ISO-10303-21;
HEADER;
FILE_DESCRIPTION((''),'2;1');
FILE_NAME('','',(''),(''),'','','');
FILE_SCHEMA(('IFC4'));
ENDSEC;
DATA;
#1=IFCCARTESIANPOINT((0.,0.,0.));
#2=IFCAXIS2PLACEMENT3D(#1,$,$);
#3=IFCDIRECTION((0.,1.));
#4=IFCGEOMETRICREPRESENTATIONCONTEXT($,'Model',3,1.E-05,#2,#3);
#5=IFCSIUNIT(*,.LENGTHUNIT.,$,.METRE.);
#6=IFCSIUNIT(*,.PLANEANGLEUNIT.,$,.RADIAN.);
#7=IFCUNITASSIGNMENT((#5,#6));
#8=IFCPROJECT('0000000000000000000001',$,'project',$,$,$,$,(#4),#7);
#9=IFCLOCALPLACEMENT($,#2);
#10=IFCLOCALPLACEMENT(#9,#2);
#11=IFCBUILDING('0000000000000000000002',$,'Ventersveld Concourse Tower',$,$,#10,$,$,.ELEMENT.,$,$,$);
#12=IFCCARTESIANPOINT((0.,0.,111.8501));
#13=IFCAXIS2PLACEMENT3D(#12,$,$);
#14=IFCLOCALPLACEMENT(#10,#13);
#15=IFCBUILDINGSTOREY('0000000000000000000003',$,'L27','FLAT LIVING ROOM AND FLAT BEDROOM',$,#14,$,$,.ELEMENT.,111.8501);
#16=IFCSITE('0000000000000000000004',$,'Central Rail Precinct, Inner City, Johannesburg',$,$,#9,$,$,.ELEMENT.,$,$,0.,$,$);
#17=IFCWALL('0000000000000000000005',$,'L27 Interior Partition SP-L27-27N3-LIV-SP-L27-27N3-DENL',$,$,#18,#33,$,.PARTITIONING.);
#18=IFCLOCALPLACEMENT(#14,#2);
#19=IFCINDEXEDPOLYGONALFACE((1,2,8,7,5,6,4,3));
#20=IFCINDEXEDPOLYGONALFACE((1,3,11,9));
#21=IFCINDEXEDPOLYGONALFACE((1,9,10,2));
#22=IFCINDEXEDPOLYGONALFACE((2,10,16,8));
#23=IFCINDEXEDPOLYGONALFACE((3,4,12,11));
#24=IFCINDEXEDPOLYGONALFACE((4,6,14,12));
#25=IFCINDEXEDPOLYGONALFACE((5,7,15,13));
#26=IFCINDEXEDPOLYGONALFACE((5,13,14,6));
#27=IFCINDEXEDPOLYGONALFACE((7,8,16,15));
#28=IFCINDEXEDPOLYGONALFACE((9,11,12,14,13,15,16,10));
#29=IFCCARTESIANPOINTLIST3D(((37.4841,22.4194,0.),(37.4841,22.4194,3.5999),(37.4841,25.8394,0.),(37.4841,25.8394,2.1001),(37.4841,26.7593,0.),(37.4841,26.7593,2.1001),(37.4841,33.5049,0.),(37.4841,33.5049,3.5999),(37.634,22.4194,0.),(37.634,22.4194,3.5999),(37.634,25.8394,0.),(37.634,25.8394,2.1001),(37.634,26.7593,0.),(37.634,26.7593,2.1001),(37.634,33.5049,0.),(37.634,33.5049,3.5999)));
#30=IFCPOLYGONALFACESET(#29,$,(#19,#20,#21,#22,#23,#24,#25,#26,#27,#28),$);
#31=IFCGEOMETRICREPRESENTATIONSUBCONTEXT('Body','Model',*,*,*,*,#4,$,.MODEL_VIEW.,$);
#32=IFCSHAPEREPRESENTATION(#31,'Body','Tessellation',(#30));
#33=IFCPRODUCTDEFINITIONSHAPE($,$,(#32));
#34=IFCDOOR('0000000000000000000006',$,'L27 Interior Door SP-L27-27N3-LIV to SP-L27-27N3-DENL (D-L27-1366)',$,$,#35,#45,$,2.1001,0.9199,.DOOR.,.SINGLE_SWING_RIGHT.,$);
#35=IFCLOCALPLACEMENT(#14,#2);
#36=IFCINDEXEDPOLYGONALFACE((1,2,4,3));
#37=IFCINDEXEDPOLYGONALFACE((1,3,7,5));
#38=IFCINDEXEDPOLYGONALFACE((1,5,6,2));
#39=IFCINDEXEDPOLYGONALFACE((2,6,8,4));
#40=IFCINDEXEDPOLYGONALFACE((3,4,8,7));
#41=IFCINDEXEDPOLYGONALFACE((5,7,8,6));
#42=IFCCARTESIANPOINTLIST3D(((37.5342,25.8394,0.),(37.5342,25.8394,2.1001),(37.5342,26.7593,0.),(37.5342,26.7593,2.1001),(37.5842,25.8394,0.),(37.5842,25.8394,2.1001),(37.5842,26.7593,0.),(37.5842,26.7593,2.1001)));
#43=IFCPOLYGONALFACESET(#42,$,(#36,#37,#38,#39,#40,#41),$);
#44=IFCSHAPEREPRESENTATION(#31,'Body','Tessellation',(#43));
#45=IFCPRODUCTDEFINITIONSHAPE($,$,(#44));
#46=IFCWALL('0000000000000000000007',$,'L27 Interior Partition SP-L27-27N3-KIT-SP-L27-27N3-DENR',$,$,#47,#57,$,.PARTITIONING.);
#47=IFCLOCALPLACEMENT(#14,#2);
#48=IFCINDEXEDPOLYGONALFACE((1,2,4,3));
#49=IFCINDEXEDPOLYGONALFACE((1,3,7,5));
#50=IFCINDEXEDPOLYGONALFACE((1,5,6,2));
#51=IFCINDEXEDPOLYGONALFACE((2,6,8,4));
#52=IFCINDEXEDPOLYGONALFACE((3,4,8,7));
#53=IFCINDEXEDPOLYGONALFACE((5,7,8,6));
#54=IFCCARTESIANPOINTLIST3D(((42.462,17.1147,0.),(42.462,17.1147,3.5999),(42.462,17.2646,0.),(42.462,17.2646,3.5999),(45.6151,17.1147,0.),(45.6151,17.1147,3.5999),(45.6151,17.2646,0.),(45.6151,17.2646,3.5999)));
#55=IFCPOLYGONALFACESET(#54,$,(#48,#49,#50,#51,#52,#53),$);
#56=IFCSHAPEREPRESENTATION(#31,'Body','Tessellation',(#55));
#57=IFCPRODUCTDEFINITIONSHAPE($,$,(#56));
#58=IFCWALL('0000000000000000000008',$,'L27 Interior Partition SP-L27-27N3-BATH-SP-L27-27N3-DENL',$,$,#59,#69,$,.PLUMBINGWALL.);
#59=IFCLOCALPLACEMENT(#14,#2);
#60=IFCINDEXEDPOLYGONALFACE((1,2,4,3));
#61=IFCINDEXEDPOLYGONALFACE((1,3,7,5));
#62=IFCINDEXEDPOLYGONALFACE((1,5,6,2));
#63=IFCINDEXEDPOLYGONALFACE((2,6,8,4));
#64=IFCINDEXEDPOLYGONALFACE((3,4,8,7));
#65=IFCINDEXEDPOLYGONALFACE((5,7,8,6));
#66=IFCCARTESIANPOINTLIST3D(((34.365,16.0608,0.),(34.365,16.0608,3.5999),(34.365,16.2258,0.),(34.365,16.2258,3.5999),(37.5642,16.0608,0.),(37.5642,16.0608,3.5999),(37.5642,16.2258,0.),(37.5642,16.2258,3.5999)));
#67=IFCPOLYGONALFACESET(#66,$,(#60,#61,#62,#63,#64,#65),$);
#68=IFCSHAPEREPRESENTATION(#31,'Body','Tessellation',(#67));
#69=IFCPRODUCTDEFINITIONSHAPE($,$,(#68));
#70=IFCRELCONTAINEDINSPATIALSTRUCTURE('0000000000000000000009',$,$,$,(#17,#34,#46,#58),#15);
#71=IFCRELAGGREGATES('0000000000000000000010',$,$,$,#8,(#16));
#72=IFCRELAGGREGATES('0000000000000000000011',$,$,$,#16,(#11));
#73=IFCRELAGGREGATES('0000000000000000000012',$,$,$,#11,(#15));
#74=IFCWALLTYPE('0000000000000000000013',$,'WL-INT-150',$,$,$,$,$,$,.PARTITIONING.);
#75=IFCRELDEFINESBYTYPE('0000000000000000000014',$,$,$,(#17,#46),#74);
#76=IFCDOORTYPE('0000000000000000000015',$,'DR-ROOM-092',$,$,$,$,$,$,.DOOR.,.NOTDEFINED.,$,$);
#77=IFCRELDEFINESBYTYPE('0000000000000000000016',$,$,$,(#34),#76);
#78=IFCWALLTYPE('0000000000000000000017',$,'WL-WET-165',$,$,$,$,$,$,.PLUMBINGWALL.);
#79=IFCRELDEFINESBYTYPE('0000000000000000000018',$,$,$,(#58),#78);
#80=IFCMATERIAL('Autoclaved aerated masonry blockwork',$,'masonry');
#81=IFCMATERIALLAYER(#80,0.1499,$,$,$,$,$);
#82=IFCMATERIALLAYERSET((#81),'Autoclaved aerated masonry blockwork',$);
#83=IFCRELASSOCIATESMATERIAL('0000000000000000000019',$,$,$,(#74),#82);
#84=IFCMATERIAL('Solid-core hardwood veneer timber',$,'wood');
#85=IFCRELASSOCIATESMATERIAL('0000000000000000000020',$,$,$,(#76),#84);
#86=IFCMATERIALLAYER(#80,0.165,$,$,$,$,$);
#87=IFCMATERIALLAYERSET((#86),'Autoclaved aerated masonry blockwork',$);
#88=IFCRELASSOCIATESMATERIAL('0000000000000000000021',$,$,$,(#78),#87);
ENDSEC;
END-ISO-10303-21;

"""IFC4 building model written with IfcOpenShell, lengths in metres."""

from ifc_helpers import new_model, si_unit, direction, frame, frame_2d, origin, place, context, subcontext, project, spatial, rectangle, extrude, material, layer, layer_set, type_object, element, fill, save


model = new_model("IFC4")

# Units and contexts
model_context = context("Model", 3, precision=1e-05, world=origin(), true_north=direction((0.0, 1.0)))
body_context = subcontext(model_context, "Body", "Model", "MODEL_VIEW")
ifc_project = project(units=[si_unit("LENGTHUNIT", "METRE"), si_unit("PLANEANGLEUNIT", "RADIAN")], contexts=[model_context])

# Site, building, storey
site_placement = place(None, origin())
site = spatial("IfcSite", under=ifc_project, at=site_placement, Name="Central Rail Precinct, Inner City, Johannesburg", CompositionType="ELEMENT", RefElevation=0.0)
building_placement = place(site_placement, origin())
building = spatial("IfcBuilding", under=site, at=building_placement, Name="Ventersveld Concourse Tower", CompositionType="ELEMENT")
storey_placement = place(building_placement, frame((0.0, 0.0, 111.8501)))
storey = spatial("IfcBuildingStorey", under=building, at=storey_placement, Name="L27", Description="FLAT LIVING ROOM AND FLAT BEDROOM", CompositionType="ELEMENT", Elevation=111.8501)

# Shared definitions
ifc_material_1 = material(Name="Autoclaved aerated masonry blockwork", Category="masonry")
ifc_layer_1 = layer(ifc_material_1, 0.1499)
ifc_layer_set_1 = layer_set([ifc_layer_1], Name="Autoclaved aerated masonry blockwork")
wall_type_1 = type_object("IfcWallType", Name="WL-INT-150", PredefinedType="PARTITIONING", material=ifc_layer_set_1)
ifc_material_2 = material(Name="Solid-core hardwood veneer timber", Category="wood")
door_type = type_object("IfcDoorType", Name="DR-ROOM-092", OperationType="NOTDEFINED", PredefinedType="DOOR", material=ifc_material_2)

# Wall, opening, door
wall_1_placement = place(storey_placement, frame((37.5591, 22.4194, 0.0), z_axis=(0.0, 0.0, 1.0), x_axis=(0.0, 1.0, 0.0)))
wall_1 = element("IfcWall", 1, at=wall_1_placement, inside=storey, type_object=wall_type_1, Name="L27 Interior Partition SP-L27-27N3-LIV-SP-L27-27N3-DENL", PredefinedType="PARTITIONING", context=body_context, shape_type="SweptSolid", body=[
    extrude(rectangle(XDim=11.0854, YDim=0.1499, at=frame_2d((5.5427, 0.0))), origin(), (0.0, 0.0, 1.0), 3.5999),
])
opening_1_placement = place(wall_1_placement, frame((3.4199, 0.0, 0.0)))
opening_1 = element("IfcOpeningElement", 2, at=opening_1_placement, cuts=wall_1, PredefinedType="OPENING", context=body_context, shape_type="SweptSolid", body=[
    extrude(rectangle(XDim=0.9199, YDim=2.1001, at=frame_2d((0.46, 1.05))), frame((0.0, 0.085, 0.0), z_axis=(0.0, -1.0, 0.0), x_axis=(1.0, 0.0, 0.0)), (0.0, 0.0, 1.0), 0.1699),
])
door_1_placement = place(opening_1_placement, origin())
door_1 = element("IfcDoor", 3, at=door_1_placement, inside=storey, type_object=door_type, Name="L27 Interior Door SP-L27-27N3-LIV to SP-L27-27N3-DENL (D-L27-1366)", OperationType="SINGLE_SWING_RIGHT", OverallHeight=2.1001, OverallWidth=0.9199, PredefinedType="DOOR", context=body_context, shape_type="SweptSolid", body=[
    extrude(rectangle(XDim=0.9199, YDim=2.1001, at=frame_2d((0.46, 1.05))), frame((0.0, 0.0249, 0.0), z_axis=(0.0, -1.0, 0.0), x_axis=(1.0, 0.0, 0.0)), (0.0, 0.0, 1.0), 0.05),
])
fill(opening_1, door_1)

# Walls
wall_2_placement = place(storey_placement, frame((42.4619, 17.1897, 0.0), z_axis=(0.0, 0.0, 1.0), x_axis=(1.0, 0.0, 0.0)))
element("IfcWall", 4, at=wall_2_placement, inside=storey, type_object=wall_type_1, Name="L27 Interior Partition SP-L27-27N3-KIT-SP-L27-27N3-DENR", PredefinedType="PARTITIONING", context=body_context, shape_type="SweptSolid", body=[
    extrude(rectangle(XDim=3.1531, YDim=0.1499, at=frame_2d((1.5767, 0.0))), origin(), (0.0, 0.0, 1.0), 3.5999),
])
ifc_layer_2 = layer(ifc_material_1, 0.165)
ifc_layer_set_2 = layer_set([ifc_layer_2], Name="Autoclaved aerated masonry blockwork")
wall_type_2 = type_object("IfcWallType", Name="WL-WET-165", PredefinedType="PLUMBINGWALL", material=ifc_layer_set_2)
wall_3_placement = place(storey_placement, frame((34.365, 16.1433, 0.0), z_axis=(0.0, 0.0, 1.0), x_axis=(1.0, 0.0, 0.0)))
element("IfcWall", 5, at=wall_3_placement, inside=storey, type_object=wall_type_2, Name="L27 Interior Partition SP-L27-27N3-BATH-SP-L27-27N3-DENL", PredefinedType="PLUMBINGWALL", context=body_context, shape_type="SweptSolid", body=[
    extrude(rectangle(XDim=3.1992, YDim=0.165, at=frame_2d((1.5996, 0.0))), origin(), (0.0, 0.0, 1.0), 3.5999),
])

save(model, "model.ifc")
